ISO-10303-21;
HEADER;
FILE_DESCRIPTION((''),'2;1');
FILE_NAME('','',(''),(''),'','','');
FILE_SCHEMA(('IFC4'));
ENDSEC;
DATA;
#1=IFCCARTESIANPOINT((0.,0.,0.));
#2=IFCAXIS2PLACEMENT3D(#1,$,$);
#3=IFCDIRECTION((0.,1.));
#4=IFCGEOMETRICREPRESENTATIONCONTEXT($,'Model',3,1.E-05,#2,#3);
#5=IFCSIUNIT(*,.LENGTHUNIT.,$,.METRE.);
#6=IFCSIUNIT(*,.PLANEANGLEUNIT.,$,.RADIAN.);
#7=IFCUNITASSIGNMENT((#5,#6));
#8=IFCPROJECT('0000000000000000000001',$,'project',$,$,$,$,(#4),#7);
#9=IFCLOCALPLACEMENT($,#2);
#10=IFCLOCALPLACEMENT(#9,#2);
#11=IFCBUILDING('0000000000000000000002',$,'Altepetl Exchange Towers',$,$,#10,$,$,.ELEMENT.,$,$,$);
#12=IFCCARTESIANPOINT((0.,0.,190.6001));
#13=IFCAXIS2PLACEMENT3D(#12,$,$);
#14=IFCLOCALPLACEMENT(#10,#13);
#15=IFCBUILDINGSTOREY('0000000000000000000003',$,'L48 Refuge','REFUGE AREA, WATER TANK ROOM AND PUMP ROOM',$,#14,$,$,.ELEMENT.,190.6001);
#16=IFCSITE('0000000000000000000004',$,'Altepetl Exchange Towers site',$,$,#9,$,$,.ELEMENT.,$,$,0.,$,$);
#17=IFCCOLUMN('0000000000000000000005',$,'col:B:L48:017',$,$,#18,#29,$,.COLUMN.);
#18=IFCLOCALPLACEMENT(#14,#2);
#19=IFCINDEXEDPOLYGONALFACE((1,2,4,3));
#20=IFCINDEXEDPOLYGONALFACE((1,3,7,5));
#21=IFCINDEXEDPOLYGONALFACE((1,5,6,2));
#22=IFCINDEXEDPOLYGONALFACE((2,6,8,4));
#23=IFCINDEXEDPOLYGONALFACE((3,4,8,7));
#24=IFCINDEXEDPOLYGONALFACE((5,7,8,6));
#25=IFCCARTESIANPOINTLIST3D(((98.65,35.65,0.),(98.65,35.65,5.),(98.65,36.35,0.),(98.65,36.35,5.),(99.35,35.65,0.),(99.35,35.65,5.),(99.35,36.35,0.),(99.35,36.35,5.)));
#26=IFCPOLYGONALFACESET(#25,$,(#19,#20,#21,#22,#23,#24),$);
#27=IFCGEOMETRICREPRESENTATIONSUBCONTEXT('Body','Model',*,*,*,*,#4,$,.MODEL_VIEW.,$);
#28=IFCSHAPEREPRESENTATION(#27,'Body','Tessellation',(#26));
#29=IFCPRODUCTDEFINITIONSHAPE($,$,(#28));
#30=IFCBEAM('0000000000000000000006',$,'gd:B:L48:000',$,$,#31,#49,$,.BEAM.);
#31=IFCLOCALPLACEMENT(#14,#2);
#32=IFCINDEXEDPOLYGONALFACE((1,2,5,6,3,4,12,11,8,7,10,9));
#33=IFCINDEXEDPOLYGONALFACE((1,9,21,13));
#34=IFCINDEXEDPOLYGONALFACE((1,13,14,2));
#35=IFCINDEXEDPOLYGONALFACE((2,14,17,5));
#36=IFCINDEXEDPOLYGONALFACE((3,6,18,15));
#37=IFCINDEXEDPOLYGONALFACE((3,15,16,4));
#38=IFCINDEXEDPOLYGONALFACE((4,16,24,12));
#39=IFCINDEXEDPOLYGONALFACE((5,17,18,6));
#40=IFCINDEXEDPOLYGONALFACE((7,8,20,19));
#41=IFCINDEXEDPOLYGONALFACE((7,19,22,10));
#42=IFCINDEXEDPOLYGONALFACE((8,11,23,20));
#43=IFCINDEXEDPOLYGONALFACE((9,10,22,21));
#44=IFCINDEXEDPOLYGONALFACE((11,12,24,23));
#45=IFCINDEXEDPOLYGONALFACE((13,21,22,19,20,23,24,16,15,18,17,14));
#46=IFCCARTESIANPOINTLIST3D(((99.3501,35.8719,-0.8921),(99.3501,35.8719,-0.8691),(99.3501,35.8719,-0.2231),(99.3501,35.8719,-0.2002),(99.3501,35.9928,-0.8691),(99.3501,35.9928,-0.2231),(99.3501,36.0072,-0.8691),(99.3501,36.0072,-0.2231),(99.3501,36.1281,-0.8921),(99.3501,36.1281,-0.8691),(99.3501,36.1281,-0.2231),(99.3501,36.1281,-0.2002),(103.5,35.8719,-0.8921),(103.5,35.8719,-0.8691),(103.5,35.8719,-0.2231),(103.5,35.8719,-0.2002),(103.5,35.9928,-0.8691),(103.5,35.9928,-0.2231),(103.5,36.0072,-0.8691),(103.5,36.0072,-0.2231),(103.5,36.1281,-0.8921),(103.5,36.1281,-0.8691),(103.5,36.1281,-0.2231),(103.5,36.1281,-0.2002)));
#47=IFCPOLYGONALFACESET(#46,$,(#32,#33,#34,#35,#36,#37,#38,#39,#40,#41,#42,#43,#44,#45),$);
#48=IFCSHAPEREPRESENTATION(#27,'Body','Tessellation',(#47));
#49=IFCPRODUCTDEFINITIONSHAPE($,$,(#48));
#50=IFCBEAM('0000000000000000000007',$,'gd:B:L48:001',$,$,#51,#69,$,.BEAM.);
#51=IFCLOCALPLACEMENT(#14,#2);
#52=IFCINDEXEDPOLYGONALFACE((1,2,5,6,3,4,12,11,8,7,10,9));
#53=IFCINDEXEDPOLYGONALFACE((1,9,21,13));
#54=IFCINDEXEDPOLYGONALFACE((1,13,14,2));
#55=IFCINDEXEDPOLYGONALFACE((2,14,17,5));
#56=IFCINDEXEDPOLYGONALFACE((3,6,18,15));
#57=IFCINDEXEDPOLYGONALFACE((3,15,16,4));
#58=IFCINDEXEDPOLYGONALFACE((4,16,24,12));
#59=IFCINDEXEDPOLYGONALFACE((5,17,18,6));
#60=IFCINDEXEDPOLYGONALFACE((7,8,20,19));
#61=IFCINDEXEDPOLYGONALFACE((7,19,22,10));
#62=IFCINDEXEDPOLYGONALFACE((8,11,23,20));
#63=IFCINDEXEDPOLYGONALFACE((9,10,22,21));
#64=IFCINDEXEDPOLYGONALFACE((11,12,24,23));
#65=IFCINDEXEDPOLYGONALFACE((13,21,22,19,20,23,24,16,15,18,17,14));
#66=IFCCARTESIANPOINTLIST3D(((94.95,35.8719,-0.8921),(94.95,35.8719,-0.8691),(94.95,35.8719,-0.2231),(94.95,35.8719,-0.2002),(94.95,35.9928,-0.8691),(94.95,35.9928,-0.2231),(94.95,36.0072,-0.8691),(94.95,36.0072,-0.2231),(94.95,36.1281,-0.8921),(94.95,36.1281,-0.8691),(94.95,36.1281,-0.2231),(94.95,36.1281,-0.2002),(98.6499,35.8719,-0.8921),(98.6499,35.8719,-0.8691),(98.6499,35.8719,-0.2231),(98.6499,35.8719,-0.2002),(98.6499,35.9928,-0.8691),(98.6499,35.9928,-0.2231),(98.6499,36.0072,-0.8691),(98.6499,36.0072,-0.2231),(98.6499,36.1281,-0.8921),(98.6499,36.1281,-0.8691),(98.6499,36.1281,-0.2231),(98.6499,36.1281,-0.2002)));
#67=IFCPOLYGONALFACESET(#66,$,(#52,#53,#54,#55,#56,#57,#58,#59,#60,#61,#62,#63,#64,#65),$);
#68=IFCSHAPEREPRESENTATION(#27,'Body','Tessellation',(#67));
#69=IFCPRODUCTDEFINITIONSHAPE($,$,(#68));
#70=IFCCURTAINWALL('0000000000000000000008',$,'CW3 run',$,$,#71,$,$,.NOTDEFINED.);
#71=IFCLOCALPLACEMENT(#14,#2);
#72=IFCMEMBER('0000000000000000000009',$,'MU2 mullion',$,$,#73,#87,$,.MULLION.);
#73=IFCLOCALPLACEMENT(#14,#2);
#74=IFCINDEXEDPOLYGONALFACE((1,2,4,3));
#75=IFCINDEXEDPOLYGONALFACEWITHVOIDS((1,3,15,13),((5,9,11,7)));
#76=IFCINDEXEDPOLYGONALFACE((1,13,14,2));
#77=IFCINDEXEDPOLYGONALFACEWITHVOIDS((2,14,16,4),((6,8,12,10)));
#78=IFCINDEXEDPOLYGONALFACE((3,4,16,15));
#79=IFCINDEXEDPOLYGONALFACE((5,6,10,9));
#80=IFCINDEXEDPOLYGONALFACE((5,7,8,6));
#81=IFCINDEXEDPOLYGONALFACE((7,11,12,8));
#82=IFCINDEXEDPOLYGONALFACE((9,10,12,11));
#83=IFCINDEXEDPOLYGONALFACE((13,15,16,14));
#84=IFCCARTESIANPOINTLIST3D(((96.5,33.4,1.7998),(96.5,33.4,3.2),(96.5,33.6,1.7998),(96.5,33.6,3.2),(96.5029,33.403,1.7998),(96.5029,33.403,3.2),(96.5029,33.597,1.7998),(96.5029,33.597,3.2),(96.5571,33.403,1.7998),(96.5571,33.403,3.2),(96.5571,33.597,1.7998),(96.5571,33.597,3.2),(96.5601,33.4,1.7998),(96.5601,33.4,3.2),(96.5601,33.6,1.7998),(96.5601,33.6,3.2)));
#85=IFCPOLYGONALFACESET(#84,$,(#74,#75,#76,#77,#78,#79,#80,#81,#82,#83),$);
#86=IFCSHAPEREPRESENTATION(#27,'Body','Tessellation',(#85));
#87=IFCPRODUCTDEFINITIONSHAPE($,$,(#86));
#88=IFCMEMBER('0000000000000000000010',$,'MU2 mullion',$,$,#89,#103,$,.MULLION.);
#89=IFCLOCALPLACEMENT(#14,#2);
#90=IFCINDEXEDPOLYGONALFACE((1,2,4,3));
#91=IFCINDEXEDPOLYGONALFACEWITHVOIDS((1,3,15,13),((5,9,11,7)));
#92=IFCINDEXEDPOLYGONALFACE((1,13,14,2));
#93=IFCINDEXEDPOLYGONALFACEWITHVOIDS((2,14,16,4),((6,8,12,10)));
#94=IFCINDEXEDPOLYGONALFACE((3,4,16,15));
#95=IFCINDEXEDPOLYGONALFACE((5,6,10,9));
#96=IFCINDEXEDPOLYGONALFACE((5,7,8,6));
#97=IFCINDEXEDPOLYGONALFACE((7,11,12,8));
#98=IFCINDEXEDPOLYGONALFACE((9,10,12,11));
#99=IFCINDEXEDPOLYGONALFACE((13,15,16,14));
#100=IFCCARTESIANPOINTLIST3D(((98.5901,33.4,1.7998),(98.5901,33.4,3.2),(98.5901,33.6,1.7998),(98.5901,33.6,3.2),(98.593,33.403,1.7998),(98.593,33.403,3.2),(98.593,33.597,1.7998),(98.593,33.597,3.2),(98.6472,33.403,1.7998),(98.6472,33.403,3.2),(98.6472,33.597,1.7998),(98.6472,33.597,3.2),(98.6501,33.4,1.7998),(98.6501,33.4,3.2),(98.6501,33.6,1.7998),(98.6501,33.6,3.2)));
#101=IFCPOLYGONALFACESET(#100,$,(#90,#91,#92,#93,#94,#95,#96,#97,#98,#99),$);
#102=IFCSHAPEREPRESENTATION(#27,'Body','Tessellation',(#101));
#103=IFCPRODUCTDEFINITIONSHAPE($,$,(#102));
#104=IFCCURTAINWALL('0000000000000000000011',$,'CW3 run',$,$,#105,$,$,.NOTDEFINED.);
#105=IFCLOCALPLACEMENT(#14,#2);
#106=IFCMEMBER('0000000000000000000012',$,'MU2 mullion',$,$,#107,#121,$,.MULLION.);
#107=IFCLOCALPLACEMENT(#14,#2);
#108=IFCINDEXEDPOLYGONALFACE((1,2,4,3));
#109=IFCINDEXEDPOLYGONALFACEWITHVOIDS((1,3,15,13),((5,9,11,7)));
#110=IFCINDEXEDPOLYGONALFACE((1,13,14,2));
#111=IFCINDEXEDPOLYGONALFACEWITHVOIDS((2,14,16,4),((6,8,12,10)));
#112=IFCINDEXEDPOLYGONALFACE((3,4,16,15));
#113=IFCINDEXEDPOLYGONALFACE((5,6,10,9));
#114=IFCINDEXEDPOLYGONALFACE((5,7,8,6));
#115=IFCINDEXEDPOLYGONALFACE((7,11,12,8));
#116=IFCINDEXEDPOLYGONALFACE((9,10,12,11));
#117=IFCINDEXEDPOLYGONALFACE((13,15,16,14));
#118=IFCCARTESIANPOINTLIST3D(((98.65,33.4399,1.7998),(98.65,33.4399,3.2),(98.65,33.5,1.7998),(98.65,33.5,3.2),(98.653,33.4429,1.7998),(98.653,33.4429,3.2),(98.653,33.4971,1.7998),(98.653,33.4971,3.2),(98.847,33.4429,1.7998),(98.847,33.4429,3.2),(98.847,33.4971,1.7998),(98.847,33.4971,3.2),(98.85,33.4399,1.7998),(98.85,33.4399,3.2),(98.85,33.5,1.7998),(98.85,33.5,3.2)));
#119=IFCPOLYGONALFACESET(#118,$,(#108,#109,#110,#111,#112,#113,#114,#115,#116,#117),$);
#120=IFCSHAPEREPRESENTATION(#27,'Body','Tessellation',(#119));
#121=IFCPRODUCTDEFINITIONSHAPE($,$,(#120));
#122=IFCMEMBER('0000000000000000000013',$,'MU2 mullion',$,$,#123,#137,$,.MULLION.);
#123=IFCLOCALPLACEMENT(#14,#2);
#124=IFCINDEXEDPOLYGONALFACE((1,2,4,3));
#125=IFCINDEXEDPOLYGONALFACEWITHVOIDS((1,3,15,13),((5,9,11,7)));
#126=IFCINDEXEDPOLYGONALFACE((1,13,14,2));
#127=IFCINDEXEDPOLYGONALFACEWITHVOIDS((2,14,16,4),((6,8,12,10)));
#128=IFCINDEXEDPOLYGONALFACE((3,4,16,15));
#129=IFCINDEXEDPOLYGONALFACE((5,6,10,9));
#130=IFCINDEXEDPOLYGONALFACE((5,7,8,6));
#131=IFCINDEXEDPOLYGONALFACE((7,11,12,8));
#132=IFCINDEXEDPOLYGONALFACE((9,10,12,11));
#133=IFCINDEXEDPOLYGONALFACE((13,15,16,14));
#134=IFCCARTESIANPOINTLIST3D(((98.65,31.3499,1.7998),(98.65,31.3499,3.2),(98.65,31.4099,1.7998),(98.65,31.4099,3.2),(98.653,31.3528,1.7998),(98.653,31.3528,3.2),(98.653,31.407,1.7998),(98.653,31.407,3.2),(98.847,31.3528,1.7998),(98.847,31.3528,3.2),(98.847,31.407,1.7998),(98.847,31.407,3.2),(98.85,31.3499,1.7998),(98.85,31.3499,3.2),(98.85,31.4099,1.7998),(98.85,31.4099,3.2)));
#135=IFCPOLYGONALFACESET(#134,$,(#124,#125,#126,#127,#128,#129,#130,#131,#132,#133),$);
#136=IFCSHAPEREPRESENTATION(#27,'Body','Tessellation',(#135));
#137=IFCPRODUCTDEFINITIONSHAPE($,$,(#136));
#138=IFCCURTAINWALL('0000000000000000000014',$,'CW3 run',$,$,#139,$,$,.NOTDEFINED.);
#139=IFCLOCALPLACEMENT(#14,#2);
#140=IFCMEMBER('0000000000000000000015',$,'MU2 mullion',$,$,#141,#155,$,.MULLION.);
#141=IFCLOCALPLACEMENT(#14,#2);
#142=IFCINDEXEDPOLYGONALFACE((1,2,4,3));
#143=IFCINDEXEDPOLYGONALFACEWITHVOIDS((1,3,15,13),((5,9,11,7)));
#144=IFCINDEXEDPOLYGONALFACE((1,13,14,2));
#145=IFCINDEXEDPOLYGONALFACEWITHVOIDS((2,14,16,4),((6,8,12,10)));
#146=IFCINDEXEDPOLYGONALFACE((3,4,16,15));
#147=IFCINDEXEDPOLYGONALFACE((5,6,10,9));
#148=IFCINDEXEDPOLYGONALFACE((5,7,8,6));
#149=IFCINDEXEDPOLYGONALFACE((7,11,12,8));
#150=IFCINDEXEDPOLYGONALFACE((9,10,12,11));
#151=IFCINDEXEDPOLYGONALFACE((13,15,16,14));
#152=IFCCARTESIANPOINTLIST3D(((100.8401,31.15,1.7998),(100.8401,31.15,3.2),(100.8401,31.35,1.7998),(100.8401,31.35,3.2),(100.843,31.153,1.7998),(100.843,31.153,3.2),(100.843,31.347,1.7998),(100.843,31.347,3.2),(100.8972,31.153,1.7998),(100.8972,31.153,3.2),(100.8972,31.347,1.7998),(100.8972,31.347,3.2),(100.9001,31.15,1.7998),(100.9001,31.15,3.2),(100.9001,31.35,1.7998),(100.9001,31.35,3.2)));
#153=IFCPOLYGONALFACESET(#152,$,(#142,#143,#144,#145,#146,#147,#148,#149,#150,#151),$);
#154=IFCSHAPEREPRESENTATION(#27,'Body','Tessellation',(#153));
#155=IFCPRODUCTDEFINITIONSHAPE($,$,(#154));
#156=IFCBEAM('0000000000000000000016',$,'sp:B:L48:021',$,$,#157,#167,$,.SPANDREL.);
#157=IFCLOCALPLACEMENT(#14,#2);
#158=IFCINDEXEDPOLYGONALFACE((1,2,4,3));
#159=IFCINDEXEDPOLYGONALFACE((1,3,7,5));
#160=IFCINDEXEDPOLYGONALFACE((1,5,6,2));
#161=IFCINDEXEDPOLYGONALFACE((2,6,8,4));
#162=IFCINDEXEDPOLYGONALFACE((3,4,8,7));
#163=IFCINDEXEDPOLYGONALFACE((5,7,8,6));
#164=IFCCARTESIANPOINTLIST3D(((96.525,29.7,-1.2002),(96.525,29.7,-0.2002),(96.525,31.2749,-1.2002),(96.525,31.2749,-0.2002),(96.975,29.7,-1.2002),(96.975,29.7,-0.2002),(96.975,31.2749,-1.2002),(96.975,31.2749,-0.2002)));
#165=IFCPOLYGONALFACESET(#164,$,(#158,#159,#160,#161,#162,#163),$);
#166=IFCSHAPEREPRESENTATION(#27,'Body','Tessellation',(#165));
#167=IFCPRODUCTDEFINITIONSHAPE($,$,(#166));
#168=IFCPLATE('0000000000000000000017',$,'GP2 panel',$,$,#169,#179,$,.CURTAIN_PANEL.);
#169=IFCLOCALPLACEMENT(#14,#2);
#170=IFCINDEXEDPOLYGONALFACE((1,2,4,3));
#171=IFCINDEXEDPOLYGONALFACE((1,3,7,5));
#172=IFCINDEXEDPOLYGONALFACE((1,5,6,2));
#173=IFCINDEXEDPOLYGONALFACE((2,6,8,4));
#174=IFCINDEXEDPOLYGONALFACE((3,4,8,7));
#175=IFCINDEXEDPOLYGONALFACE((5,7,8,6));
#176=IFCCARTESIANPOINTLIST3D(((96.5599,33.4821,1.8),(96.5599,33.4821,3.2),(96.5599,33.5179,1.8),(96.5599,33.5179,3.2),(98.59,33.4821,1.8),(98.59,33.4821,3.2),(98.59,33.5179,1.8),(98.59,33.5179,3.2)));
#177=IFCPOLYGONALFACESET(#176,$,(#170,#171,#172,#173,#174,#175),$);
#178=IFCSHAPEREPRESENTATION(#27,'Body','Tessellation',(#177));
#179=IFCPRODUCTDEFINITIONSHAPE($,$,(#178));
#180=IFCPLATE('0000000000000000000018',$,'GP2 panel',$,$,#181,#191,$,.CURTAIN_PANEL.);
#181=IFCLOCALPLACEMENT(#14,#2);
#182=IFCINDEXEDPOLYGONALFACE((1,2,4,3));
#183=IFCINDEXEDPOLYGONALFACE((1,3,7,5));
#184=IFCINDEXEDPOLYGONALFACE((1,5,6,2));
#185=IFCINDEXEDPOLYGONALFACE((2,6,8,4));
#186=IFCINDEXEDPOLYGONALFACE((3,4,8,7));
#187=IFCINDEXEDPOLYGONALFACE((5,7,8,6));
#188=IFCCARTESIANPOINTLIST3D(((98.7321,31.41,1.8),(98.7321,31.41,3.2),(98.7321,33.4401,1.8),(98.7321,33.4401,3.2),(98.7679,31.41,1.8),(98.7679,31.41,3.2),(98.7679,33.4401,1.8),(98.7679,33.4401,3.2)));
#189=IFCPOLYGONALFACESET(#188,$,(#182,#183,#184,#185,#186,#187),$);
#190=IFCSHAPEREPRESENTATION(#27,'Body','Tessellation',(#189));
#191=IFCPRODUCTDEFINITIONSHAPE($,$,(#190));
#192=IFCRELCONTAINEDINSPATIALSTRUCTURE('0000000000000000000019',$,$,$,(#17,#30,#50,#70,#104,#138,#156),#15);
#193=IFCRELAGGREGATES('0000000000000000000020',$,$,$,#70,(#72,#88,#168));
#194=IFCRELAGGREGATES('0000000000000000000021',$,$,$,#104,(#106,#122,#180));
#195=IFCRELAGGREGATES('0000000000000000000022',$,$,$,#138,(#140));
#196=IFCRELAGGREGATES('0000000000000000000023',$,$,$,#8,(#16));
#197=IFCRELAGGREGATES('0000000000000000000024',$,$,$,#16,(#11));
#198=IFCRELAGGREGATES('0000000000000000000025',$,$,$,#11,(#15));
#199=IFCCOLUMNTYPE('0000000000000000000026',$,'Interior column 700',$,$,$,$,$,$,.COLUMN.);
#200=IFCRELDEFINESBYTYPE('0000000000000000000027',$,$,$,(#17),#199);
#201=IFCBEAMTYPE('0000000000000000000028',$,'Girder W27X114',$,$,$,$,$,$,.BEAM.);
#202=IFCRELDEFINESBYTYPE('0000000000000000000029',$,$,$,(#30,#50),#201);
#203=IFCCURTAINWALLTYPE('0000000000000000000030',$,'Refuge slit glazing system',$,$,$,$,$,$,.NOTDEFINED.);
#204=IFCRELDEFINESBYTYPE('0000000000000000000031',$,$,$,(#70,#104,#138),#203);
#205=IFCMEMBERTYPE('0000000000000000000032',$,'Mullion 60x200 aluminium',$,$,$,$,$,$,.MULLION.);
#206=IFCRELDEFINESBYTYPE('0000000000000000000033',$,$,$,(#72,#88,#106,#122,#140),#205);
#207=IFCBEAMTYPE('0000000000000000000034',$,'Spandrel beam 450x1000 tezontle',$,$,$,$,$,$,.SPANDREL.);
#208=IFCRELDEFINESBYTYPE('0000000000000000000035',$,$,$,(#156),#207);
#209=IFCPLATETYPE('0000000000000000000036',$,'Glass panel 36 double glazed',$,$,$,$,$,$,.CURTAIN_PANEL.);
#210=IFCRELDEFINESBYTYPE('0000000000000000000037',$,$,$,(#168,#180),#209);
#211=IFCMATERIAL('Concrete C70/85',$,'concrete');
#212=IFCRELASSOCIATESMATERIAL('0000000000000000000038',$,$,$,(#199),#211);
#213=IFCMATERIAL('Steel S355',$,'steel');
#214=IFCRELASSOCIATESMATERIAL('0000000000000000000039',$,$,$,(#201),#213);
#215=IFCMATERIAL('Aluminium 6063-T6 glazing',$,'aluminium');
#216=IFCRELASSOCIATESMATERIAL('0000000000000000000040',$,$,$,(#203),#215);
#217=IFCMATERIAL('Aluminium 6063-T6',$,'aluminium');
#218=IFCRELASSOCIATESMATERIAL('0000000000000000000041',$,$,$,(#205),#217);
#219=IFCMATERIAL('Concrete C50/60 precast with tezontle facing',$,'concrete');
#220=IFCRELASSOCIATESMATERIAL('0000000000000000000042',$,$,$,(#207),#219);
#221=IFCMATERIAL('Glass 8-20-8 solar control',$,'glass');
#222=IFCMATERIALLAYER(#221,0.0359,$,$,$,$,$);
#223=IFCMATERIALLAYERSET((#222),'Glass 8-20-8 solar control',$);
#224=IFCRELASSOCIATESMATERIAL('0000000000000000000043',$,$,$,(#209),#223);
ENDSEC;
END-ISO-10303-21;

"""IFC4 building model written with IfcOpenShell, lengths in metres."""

from ifc_helpers import new_model, si_unit, direction, frame, origin, origin_2d, place, context, subcontext, project, spatial, rectangle, hollow_rectangle, i_section, extrude, material, layer, layer_set, material_profile, profile_set, type_object, element, aggregate, save


model = new_model("IFC4")

# Units and contexts
model_context = context("Model", 3, precision=1e-05, world=origin(), true_north=direction((0.0, 1.0)))
body_context = subcontext(model_context, "Body", "Model", "MODEL_VIEW")
ifc_project = project(units=[si_unit("LENGTHUNIT", "METRE"), si_unit("PLANEANGLEUNIT", "RADIAN")], contexts=[model_context])

# Site, building, storey
site_placement = place(None, origin())
site = spatial("IfcSite", under=ifc_project, at=site_placement, Name="Altepetl Exchange Towers site", CompositionType="ELEMENT", RefElevation=0.0)
building_placement = place(site_placement, origin())
building = spatial("IfcBuilding", under=site, at=building_placement, Name="Altepetl Exchange Towers", CompositionType="ELEMENT")
storey_placement = place(building_placement, frame((0.0, 0.0, 190.6001)))
storey = spatial("IfcBuildingStorey", under=building, at=storey_placement, Name="L48 Refuge", Description="REFUGE AREA, WATER TANK ROOM AND PUMP ROOM", CompositionType="ELEMENT", Elevation=190.6001)

# Column
ifc_material_1 = material(Name="Concrete C70/85", Category="concrete")
ifc_material_profile_1 = material_profile(ifc_material_1, rectangle(XDim=0.7, YDim=0.7, at=origin_2d()), Name="700 x 700")
ifc_profile_set_1 = profile_set([ifc_material_profile_1], Name="Concrete C70/85")
column_type = type_object("IfcColumnType", Name="Interior column 700", PredefinedType="COLUMN", material=ifc_profile_set_1)
column_placement = place(storey_placement, frame((99.0, 36.0, 0.0)))
element("IfcColumn", 1, at=column_placement, inside=storey, type_object=column_type, Name="col:B:L48:017", PredefinedType="COLUMN", context=body_context, shape_type="SweptSolid", body=[
    extrude(rectangle(XDim=0.7, YDim=0.7, at=origin_2d()), origin(), (0.0, 0.0, 1.0), 5.0),
])

# Beams
ifc_material_2 = material(Name="Steel S355", Category="steel")
ifc_material_profile_2 = material_profile(ifc_material_2, i_section(OverallWidth=0.2561, OverallDepth=0.6919, WebThickness=0.0144, FlangeThickness=0.0229, at=origin_2d()), Name="W27X114")
ifc_profile_set_2 = profile_set([ifc_material_profile_2], Name="Steel S355")
beam_type_1 = type_object("IfcBeamType", Name="Girder W27X114", PredefinedType="BEAM", material=ifc_profile_set_2)
beam_1_placement = place(storey_placement, frame((103.5, 36.0, -0.5461), z_axis=(-1.0, 0.0, 0.0), x_axis=(0.0, -1.0, 0.0)))
element("IfcBeam", 2, at=beam_1_placement, inside=storey, type_object=beam_type_1, Name="gd:B:L48:000", PredefinedType="BEAM", context=body_context, shape_type="SweptSolid", body=[
    extrude(i_section(OverallWidth=0.2561, OverallDepth=0.6919, WebThickness=0.0144, FlangeThickness=0.0229, at=origin_2d()), origin(), (0.0, 0.0, 1.0), 4.1499),
])
beam_2_placement = place(storey_placement, frame((98.6499, 36.0, -0.5461), z_axis=(-1.0, 0.0, 0.0), x_axis=(0.0, -1.0, 0.0)))
element("IfcBeam", 3, at=beam_2_placement, inside=storey, type_object=beam_type_1, Name="gd:B:L48:001", PredefinedType="BEAM", context=body_context, shape_type="SweptSolid", body=[
    extrude(i_section(OverallWidth=0.2561, OverallDepth=0.6919, WebThickness=0.0144, FlangeThickness=0.0229, at=origin_2d()), origin(), (0.0, 0.0, 1.0), 3.7),
])

# Curtain walls, members
ifc_material_3 = material(Name="Aluminium 6063-T6 glazing", Category="aluminium")
curtain_wall_type = type_object("IfcCurtainWallType", Name="Refuge slit glazing system", PredefinedType="NOTDEFINED", material=ifc_material_3)
curtain_wall_1_placement = place(storey_placement, origin())
curtain_wall_1 = element("IfcCurtainWall", 4, at=curtain_wall_1_placement, inside=storey, type_object=curtain_wall_type, Name="CW3 run", PredefinedType="NOTDEFINED")
ifc_material_4 = material(Name="Aluminium 6063-T6", Category="aluminium")
ifc_material_profile_3 = material_profile(ifc_material_4, hollow_rectangle(XDim=0.0601, YDim=0.2, WallThickness=0.0029, at=origin_2d()), Name="Mullion 60x200 aluminium")
ifc_profile_set_3 = profile_set([ifc_material_profile_3], Name="Aluminium 6063-T6")
member_type = type_object("IfcMemberType", Name="Mullion 60x200 aluminium", PredefinedType="MULLION", material=ifc_profile_set_3)
member_1_placement = place(storey_placement, frame((96.53, 33.5, 1.7998)))
member_1 = element("IfcMember", 5, at=member_1_placement, type_object=member_type, Name="MU2 mullion", PredefinedType="MULLION", context=body_context, shape_type="SweptSolid", body=[
    extrude(hollow_rectangle(XDim=0.0601, YDim=0.2, WallThickness=0.0029, at=origin_2d()), origin(), (0.0, 0.0, 1.0), 1.4001),
])
member_2_placement = place(storey_placement, frame((98.6201, 33.5, 1.7998)))
member_2 = element("IfcMember", 6, at=member_2_placement, type_object=member_type, Name="MU2 mullion", PredefinedType="MULLION", context=body_context, shape_type="SweptSolid", body=[
    extrude(hollow_rectangle(XDim=0.0601, YDim=0.2, WallThickness=0.0029, at=origin_2d()), origin(), (0.0, 0.0, 1.0), 1.4001),
])
curtain_wall_2_placement = place(storey_placement, origin())
curtain_wall_2 = element("IfcCurtainWall", 7, at=curtain_wall_2_placement, inside=storey, type_object=curtain_wall_type, Name="CW3 run", PredefinedType="NOTDEFINED")
member_3_placement = place(storey_placement, frame((98.75, 33.47, 1.7998), z_axis=(0.0, 0.0, 1.0), x_axis=(0.0, -1.0, 0.0)))
member_3 = element("IfcMember", 8, at=member_3_placement, type_object=member_type, Name="MU2 mullion", PredefinedType="MULLION", context=body_context, shape_type="SweptSolid", body=[
    extrude(hollow_rectangle(XDim=0.0601, YDim=0.2, WallThickness=0.0029, at=origin_2d()), origin(), (0.0, 0.0, 1.0), 1.4001),
])
member_4_placement = place(storey_placement, frame((98.75, 31.3799, 1.7998), z_axis=(0.0, 0.0, 1.0), x_axis=(0.0, -1.0, 0.0)))
member_4 = element("IfcMember", 9, at=member_4_placement, type_object=member_type, Name="MU2 mullion", PredefinedType="MULLION", context=body_context, shape_type="SweptSolid", body=[
    extrude(hollow_rectangle(XDim=0.0601, YDim=0.2, WallThickness=0.0029, at=origin_2d()), origin(), (0.0, 0.0, 1.0), 1.4001),
])

# Curtain wall, member
curtain_wall_3_placement = place(storey_placement, origin())
curtain_wall_3 = element("IfcCurtainWall", 10, at=curtain_wall_3_placement, inside=storey, type_object=curtain_wall_type, Name="CW3 run", PredefinedType="NOTDEFINED")
member_5_placement = place(storey_placement, frame((100.8701, 31.25, 1.7998)))
member_5 = element("IfcMember", 11, at=member_5_placement, type_object=member_type, Name="MU2 mullion", PredefinedType="MULLION", context=body_context, shape_type="SweptSolid", body=[
    extrude(hollow_rectangle(XDim=0.0601, YDim=0.2, WallThickness=0.0029, at=origin_2d()), origin(), (0.0, 0.0, 1.0), 1.4001),
])

# Beam
ifc_material_5 = material(Name="Concrete C50/60 precast with tezontle facing", Category="concrete")
ifc_material_profile_4 = material_profile(ifc_material_5, rectangle(XDim=0.45, YDim=1.0, at=origin_2d()), Name="450 x 1000")
ifc_profile_set_4 = profile_set([ifc_material_profile_4], Name="Concrete C50/60 precast with tezontle facing")
beam_type_2 = type_object("IfcBeamType", Name="Spandrel beam 450x1000 tezontle", PredefinedType="SPANDREL", material=ifc_profile_set_4)
beam_3_placement = place(storey_placement, frame((96.75, 31.2749, -0.7002), z_axis=(0.0, -1.0, 0.0), x_axis=(1.0, 0.0, 0.0)))
element("IfcBeam", 12, at=beam_3_placement, inside=storey, type_object=beam_type_2, Name="sp:B:L48:021", PredefinedType="SPANDREL", context=body_context, shape_type="SweptSolid", body=[
    extrude(rectangle(XDim=0.45, YDim=1.0, at=origin_2d()), origin(), (0.0, 0.0, 1.0), 1.575),
])

# Plates
ifc_material_6 = material(Name="Glass 8-20-8 solar control", Category="glass")
ifc_layer_1 = layer(ifc_material_6, 0.0359)
ifc_layer_set_1 = layer_set([ifc_layer_1], Name="Glass 8-20-8 solar control")
plate_type = type_object("IfcPlateType", Name="Glass panel 36 double glazed", PredefinedType="CURTAIN_PANEL", material=ifc_layer_set_1)
plate_1_placement = place(storey_placement, frame((97.575, 33.5, 1.8)))
plate_1 = element("IfcPlate", 13, at=plate_1_placement, type_object=plate_type, Name="GP2 panel", PredefinedType="CURTAIN_PANEL", context=body_context, shape_type="SweptSolid", body=[
    extrude(rectangle(XDim=2.03, YDim=0.0359, at=origin_2d()), origin(), (0.0, 0.0, 1.0), 1.3999),
])
aggregate(curtain_wall_1, [member_1, member_2, plate_1])
plate_2_placement = place(storey_placement, frame((98.75, 32.425, 1.8), z_axis=(0.0, 0.0, 1.0), x_axis=(0.0, -1.0, 0.0)))
plate_2 = element("IfcPlate", 14, at=plate_2_placement, type_object=plate_type, Name="GP2 panel", PredefinedType="CURTAIN_PANEL", context=body_context, shape_type="SweptSolid", body=[
    extrude(rectangle(XDim=2.03, YDim=0.0359, at=origin_2d()), origin(), (0.0, 0.0, 1.0), 1.3999),
])
aggregate(curtain_wall_2, [member_3, member_4, plate_2])
aggregate(curtain_wall_3, [member_5])

save(model, "model.ifc")
